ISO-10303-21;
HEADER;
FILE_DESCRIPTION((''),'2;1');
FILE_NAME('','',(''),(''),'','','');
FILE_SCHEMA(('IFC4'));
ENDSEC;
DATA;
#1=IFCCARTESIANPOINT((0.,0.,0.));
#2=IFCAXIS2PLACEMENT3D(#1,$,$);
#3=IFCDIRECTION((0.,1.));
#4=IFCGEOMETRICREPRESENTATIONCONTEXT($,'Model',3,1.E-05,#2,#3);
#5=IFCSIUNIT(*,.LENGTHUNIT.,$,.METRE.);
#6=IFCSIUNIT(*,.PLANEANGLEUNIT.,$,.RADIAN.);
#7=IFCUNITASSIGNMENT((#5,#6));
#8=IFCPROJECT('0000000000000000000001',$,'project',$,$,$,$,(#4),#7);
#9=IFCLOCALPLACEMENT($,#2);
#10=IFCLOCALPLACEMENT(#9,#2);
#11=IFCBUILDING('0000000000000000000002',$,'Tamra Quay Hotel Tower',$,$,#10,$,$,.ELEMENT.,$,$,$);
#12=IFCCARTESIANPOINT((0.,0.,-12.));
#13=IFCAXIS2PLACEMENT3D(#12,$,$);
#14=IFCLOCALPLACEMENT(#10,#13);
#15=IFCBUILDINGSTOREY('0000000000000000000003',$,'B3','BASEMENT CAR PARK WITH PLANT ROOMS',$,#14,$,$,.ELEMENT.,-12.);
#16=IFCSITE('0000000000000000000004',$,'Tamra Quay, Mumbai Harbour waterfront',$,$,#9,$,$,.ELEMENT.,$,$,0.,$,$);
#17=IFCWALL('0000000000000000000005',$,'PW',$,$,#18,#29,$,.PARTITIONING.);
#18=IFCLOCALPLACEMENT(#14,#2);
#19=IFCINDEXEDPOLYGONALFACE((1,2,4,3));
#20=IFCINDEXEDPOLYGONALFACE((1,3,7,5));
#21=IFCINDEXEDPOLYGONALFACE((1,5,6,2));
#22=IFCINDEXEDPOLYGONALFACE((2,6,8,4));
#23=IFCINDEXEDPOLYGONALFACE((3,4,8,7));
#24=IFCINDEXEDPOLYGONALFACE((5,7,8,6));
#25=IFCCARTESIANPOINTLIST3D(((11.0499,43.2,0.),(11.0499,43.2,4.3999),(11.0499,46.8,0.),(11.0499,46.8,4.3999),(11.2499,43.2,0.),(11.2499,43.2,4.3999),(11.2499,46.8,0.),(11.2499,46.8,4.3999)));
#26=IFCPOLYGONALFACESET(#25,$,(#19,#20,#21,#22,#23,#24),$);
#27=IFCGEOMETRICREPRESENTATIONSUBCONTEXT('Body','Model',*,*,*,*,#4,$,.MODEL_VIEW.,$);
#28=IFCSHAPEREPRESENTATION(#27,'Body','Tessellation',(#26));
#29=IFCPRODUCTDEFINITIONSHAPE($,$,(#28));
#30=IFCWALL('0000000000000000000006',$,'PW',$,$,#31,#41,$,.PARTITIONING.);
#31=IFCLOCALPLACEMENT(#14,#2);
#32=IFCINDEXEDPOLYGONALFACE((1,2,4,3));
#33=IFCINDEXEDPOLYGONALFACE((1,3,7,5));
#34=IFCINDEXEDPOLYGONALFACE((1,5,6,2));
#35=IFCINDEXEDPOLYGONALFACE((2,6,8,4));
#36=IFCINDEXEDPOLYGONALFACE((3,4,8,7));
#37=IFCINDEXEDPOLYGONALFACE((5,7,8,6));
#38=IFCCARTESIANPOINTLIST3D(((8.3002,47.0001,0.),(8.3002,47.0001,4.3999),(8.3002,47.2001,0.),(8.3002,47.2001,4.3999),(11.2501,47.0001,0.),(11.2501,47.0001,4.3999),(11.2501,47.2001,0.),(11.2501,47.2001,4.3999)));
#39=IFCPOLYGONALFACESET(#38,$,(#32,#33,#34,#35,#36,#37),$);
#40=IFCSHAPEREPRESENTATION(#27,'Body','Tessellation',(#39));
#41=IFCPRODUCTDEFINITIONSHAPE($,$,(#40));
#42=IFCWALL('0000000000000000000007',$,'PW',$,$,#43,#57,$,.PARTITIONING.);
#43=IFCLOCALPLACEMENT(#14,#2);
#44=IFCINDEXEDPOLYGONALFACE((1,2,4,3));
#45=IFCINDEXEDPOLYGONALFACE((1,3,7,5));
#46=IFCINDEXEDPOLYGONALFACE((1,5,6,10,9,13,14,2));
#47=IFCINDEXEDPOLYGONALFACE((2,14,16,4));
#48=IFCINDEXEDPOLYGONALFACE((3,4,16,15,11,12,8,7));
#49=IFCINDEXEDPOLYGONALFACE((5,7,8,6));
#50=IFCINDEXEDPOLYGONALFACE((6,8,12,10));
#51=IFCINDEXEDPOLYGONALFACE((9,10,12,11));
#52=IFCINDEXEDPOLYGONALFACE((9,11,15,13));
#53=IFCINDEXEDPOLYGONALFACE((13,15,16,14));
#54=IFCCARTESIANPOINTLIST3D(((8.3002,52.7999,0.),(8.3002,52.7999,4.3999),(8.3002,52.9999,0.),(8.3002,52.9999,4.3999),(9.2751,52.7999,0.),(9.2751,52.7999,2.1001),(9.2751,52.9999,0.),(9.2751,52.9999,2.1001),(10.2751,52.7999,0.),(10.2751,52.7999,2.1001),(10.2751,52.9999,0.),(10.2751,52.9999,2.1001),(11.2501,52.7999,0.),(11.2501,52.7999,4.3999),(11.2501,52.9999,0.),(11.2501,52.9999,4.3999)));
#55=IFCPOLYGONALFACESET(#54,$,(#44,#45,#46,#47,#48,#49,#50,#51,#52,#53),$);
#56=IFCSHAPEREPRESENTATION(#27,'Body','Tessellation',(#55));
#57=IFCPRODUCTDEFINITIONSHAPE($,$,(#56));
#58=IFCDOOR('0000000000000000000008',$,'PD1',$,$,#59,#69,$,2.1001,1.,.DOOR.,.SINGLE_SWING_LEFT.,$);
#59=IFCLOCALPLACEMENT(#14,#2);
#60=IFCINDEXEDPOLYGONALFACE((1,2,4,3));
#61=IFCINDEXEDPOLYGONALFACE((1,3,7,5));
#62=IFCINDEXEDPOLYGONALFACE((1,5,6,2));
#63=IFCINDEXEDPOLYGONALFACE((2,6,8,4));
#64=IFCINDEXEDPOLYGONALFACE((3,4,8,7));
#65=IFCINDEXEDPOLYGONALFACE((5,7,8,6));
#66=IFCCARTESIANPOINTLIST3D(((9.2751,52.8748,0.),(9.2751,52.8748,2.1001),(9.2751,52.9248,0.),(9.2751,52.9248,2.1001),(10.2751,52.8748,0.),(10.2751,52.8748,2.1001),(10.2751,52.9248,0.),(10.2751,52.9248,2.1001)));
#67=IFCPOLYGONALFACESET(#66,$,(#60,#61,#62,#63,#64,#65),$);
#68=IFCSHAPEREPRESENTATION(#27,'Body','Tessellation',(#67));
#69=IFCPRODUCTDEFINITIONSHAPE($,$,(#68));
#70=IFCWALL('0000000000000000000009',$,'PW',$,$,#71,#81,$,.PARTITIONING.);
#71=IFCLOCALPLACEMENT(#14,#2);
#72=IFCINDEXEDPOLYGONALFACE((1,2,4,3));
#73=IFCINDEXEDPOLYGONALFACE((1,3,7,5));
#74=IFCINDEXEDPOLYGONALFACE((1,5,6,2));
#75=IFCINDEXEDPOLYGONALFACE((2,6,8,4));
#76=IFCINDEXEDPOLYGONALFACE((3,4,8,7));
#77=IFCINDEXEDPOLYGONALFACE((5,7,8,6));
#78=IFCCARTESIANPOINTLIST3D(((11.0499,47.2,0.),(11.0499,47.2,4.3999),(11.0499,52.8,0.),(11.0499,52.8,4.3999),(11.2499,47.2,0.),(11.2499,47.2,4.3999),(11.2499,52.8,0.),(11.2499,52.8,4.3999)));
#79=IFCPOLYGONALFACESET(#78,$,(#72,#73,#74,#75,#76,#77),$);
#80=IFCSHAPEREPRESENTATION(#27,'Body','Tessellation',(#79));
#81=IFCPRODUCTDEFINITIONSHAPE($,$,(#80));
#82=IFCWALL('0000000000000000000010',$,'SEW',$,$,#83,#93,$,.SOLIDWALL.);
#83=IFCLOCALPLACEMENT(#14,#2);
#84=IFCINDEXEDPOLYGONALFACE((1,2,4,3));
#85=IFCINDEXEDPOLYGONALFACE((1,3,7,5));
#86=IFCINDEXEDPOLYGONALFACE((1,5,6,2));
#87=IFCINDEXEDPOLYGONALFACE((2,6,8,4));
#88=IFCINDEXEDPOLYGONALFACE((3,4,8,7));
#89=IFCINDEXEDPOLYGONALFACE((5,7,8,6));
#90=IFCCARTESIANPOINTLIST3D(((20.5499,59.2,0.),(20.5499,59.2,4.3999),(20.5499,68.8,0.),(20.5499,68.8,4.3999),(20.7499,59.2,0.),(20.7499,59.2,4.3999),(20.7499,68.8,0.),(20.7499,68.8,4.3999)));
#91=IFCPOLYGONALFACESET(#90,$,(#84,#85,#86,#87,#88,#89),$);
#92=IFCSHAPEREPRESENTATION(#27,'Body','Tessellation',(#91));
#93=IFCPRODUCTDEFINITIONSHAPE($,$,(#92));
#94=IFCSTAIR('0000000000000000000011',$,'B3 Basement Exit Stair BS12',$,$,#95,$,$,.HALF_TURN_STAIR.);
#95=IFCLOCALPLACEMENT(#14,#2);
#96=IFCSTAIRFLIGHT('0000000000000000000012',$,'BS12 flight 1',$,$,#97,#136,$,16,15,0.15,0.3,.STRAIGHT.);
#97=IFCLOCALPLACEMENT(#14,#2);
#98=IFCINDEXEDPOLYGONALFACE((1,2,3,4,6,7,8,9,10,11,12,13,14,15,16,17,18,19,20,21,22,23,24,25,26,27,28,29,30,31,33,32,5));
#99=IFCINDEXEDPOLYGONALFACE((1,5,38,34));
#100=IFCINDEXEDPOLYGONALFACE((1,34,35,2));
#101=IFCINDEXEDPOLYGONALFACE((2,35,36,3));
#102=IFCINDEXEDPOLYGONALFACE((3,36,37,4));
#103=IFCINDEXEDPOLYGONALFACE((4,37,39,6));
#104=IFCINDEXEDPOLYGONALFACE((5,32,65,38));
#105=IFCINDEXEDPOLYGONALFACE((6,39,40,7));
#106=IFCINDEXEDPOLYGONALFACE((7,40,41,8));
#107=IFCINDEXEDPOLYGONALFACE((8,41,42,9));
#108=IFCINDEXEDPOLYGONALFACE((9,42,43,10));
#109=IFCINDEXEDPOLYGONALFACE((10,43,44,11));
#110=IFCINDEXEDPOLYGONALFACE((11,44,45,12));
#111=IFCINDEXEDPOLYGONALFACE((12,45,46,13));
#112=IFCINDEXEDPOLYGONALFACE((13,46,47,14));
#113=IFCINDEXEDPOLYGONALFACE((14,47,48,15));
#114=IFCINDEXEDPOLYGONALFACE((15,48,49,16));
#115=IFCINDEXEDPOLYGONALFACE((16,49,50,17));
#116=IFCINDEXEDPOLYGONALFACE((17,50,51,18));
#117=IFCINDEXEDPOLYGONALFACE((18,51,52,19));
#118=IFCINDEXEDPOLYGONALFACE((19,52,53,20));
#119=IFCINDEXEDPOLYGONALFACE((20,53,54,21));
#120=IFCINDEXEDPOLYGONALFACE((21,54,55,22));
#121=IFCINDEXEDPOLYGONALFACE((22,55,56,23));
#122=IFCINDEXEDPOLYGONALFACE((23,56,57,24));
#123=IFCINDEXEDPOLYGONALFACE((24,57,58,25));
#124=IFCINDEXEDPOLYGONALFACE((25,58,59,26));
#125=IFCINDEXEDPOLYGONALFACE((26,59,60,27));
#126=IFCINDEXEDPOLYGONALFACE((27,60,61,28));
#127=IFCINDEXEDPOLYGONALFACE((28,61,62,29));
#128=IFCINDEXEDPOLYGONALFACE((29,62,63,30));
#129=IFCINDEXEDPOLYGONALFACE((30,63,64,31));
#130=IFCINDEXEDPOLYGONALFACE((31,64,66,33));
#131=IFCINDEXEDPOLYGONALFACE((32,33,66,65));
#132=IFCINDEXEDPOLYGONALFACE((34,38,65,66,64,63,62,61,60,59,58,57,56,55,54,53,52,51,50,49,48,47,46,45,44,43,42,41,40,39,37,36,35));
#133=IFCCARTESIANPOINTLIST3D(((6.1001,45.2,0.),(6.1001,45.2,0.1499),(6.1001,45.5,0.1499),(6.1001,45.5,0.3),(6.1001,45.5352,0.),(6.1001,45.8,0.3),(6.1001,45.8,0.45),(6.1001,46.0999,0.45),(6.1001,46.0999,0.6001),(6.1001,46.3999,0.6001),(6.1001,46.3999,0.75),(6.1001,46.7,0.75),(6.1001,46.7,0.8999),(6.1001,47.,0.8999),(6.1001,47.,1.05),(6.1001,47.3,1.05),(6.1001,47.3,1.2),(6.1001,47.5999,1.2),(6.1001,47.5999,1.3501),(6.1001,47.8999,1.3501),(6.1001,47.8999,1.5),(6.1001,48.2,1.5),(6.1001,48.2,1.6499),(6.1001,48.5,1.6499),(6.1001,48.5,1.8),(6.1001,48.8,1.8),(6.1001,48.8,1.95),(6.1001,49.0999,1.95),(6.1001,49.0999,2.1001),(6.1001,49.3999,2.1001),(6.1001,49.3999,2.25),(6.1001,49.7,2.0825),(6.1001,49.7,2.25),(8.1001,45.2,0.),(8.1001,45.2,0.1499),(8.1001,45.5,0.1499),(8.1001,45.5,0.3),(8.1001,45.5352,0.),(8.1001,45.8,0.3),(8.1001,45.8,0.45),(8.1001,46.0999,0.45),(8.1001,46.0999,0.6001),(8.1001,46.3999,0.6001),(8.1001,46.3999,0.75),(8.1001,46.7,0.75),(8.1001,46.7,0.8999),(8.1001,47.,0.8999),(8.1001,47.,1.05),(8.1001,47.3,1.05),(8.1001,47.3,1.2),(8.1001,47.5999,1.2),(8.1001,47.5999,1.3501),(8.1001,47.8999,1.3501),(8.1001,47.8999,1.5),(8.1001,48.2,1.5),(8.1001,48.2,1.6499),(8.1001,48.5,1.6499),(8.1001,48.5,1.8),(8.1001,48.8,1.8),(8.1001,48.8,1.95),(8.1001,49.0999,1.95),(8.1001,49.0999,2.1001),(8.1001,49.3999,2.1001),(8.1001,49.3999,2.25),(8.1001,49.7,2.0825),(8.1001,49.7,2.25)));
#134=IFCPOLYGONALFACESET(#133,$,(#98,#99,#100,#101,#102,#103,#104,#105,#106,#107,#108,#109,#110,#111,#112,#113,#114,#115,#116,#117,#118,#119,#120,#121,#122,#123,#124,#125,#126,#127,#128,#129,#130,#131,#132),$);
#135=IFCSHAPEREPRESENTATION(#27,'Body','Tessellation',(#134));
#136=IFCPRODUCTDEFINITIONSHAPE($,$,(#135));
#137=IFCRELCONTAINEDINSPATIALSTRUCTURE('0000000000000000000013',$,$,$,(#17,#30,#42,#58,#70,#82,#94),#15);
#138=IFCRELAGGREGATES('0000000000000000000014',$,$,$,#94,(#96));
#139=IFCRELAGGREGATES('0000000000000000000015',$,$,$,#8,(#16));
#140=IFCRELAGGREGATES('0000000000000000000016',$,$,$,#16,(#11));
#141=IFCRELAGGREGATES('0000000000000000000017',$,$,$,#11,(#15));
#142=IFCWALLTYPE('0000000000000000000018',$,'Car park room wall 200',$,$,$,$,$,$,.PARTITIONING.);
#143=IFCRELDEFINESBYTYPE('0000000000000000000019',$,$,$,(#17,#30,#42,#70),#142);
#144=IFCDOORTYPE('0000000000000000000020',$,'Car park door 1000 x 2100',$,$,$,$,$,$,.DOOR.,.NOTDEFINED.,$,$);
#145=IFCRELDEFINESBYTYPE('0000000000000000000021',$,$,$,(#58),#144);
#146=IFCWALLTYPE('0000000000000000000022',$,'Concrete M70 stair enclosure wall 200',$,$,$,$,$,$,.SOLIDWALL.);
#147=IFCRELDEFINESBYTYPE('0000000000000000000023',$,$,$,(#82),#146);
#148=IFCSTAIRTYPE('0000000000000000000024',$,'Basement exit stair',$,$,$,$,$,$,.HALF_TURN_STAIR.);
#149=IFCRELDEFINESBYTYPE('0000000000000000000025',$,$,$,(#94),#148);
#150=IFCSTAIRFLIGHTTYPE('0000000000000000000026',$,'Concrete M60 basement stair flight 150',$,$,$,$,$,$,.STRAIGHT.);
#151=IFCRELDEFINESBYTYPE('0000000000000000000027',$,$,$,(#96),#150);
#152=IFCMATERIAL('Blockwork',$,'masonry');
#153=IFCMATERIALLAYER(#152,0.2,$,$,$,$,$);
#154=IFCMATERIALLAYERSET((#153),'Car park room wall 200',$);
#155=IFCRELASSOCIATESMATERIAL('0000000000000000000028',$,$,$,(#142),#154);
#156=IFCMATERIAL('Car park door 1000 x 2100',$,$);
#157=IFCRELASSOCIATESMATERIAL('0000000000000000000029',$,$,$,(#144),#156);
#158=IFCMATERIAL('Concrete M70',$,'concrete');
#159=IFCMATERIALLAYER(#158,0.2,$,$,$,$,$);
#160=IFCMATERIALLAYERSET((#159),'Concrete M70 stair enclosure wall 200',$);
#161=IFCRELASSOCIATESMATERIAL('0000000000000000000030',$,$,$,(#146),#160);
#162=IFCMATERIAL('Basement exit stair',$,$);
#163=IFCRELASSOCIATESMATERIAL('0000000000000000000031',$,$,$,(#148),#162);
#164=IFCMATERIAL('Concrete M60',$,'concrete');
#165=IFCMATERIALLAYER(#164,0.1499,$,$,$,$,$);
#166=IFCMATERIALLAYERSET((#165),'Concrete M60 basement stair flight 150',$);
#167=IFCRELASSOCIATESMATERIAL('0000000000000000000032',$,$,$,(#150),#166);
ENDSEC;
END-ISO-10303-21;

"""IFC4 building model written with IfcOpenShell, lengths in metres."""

from ifc_helpers import new_model, si_unit, direction, frame, frame_2d, origin, place, context, subcontext, project, spatial, polyline, rectangle, outline, extrude, material, layer, layer_set, type_object, element, fill, aggregate, save


model = new_model("IFC4")

# Units and contexts
model_context = context("Model", 3, precision=1e-05, world=origin(), true_north=direction((0.0, 1.0)))
body_context = subcontext(model_context, "Body", "Model", "MODEL_VIEW")
ifc_project = project(units=[si_unit("LENGTHUNIT", "METRE"), si_unit("PLANEANGLEUNIT", "RADIAN")], contexts=[model_context])

# Site, building, storey
site_placement = place(None, origin())
site = spatial("IfcSite", under=ifc_project, at=site_placement, Name="Tamra Quay, Mumbai Harbour waterfront", CompositionType="ELEMENT", RefElevation=0.0)
building_placement = place(site_placement, origin())
building = spatial("IfcBuilding", under=site, at=building_placement, Name="Tamra Quay Hotel Tower", CompositionType="ELEMENT")
storey_placement = place(building_placement, frame((0.0, 0.0, -12.0)))
storey = spatial("IfcBuildingStorey", under=building, at=storey_placement, Name="B3", Description="BASEMENT CAR PARK WITH PLANT ROOMS", CompositionType="ELEMENT", Elevation=-12.0)

# Shared definitions
ifc_material_1 = material(Name="Concrete M70", Category="concrete")

# Shared definitions
ifc_material_2 = material(Name="Blockwork", Category="masonry")
ifc_layer_1 = layer(ifc_material_2, 0.2)
ifc_layer_set_1 = layer_set([ifc_layer_1], Name="Car park room wall 200")
wall_type_1 = type_object("IfcWallType", Name="Car park room wall 200", PredefinedType="PARTITIONING", material=ifc_layer_set_1)

# Shared definitions
ifc_material_3 = material(Name="Car park door 1000 x 2100")
door_type = type_object("IfcDoorType", Name="Car park door 1000 x 2100", OperationType="NOTDEFINED", PredefinedType="DOOR", material=ifc_material_3)

# Walls
wall_1_placement = place(storey_placement, frame((11.1499, 43.2, 0.0), z_axis=(0.0, 0.0, 1.0), x_axis=(0.0, 1.0, 0.0)))
element("IfcWall", 1, at=wall_1_placement, inside=storey, type_object=wall_type_1, Name="PW", PredefinedType="PARTITIONING", context=body_context, shape_type="SweptSolid", body=[
    extrude(rectangle(XDim=3.6001, YDim=0.2, at=frame_2d((1.8, 0.0))), origin(), (0.0, 0.0, 1.0), 4.3999),
])
wall_2_placement = place(storey_placement, frame((8.3, 47.1001, 0.0), z_axis=(0.0, 0.0, 1.0), x_axis=(1.0, 0.0, 0.0)))
element("IfcWall", 2, at=wall_2_placement, inside=storey, type_object=wall_type_1, Name="PW", PredefinedType="PARTITIONING", context=body_context, shape_type="SweptSolid", body=[
    extrude(rectangle(XDim=2.95, YDim=0.2, at=frame_2d((1.4751, 0.0))), origin(), (0.0, 0.0, 1.0), 4.3999),
])

# Wall, opening, door
wall_3_placement = place(storey_placement, frame((8.3, 52.8999, 0.0), z_axis=(0.0, 0.0, 1.0), x_axis=(1.0, 0.0, 0.0)))
wall_3 = element("IfcWall", 3, at=wall_3_placement, inside=storey, type_object=wall_type_1, Name="PW", PredefinedType="PARTITIONING", context=body_context, shape_type="SweptSolid", body=[
    extrude(rectangle(XDim=2.95, YDim=0.2, at=frame_2d((1.4751, 0.0))), origin(), (0.0, 0.0, 1.0), 4.3999),
])
opening_1_placement = place(wall_3_placement, frame((0.9751, 0.0, 0.0)))
opening_1 = element("IfcOpeningElement", 4, at=opening_1_placement, cuts=wall_3, PredefinedType="OPENING", context=body_context, shape_type="SweptSolid", body=[
    extrude(rectangle(XDim=1.0, YDim=2.1001, at=frame_2d((0.5, 1.05))), frame((0.0, 0.1099, 0.0), z_axis=(0.0, -1.0, 0.0), x_axis=(1.0, 0.0, 0.0)), (0.0, 0.0, 1.0), 0.22),
])
door_1_placement = place(opening_1_placement, origin())
door_1 = element("IfcDoor", 5, at=door_1_placement, inside=storey, type_object=door_type, Name="PD1", OperationType="SINGLE_SWING_LEFT", OverallHeight=2.1001, OverallWidth=1.0, PredefinedType="DOOR", context=body_context, shape_type="SweptSolid", body=[
    extrude(rectangle(XDim=1.0, YDim=2.1001, at=frame_2d((0.5, 1.05))), frame((0.0, 0.0249, 0.0), z_axis=(0.0, -1.0, 0.0), x_axis=(1.0, 0.0, 0.0)), (0.0, 0.0, 1.0), 0.05),
])
fill(opening_1, door_1)

# Walls
wall_4_placement = place(storey_placement, frame((11.1499, 47.2, 0.0), z_axis=(0.0, 0.0, 1.0), x_axis=(0.0, 1.0, 0.0)))
element("IfcWall", 6, at=wall_4_placement, inside=storey, type_object=wall_type_1, Name="PW", PredefinedType="PARTITIONING", context=body_context, shape_type="SweptSolid", body=[
    extrude(rectangle(XDim=5.6001, YDim=0.2, at=frame_2d((2.8, 0.0))), origin(), (0.0, 0.0, 1.0), 4.3999),
])
ifc_layer_2 = layer(ifc_material_1, 0.2)
ifc_layer_set_2 = layer_set([ifc_layer_2], Name="Concrete M70 stair enclosure wall 200")
wall_type_2 = type_object("IfcWallType", Name="Concrete M70 stair enclosure wall 200", PredefinedType="SOLIDWALL", material=ifc_layer_set_2)
wall_5_placement = place(storey_placement, frame((20.6499, 59.2, 0.0), z_axis=(0.0, 0.0, 1.0), x_axis=(0.0, 1.0, 0.0)))
element("IfcWall", 7, at=wall_5_placement, inside=storey, type_object=wall_type_2, Name="SEW", PredefinedType="SOLIDWALL", context=body_context, shape_type="SweptSolid", body=[
    extrude(rectangle(XDim=9.6001, YDim=0.2, at=frame_2d((4.8, 0.0))), origin(), (0.0, 0.0, 1.0), 4.3999),
])

# Stair, stair flight
ifc_material_4 = material(Name="Basement exit stair")
stair_type = type_object("IfcStairType", Name="Basement exit stair", PredefinedType="HALF_TURN_STAIR", material=ifc_material_4)
stair_placement = place(storey_placement, origin())
stair = element("IfcStair", 8, at=stair_placement, inside=storey, type_object=stair_type, Name="B3 Basement Exit Stair BS12", PredefinedType="HALF_TURN_STAIR")
ifc_material_5 = material(Name="Concrete M60", Category="concrete")
ifc_layer_3 = layer(ifc_material_5, 0.1499)
ifc_layer_set_3 = layer_set([ifc_layer_3], Name="Concrete M60 basement stair flight 150")
stair_flight_type = type_object("IfcStairFlightType", Name="Concrete M60 basement stair flight 150", PredefinedType="STRAIGHT", material=ifc_layer_set_3)
stair_flight_placement = place(storey_placement, frame((7.1001, 45.2, 0.0), z_axis=(0.0, 0.0, 1.0), x_axis=(0.0, 1.0, 0.0)))
stair_flight = element("IfcStairFlight", 9, at=stair_flight_placement, type_object=stair_flight_type, Name="BS12 flight 1", NumberOfRisers=16, NumberOfTreads=15, PredefinedType="STRAIGHT", RiserHeight=0.15, TreadLength=0.3, context=body_context, shape_type="SweptSolid", body=[
    extrude(outline(polyline([(0.0, 0.0), (0.0, 0.1499), (0.3, 0.1499), (0.3, 0.3), (0.6001, 0.3), (0.6001, 0.45), (0.8999, 0.45), (0.8999, 0.6001), (1.2, 0.6001), (1.2, 0.75), (1.5, 0.75), (1.5, 0.8999), (1.8, 0.8999), (1.8, 1.05), (2.1001, 1.05), (2.1001, 1.2), (2.3999, 1.2), (2.3999, 1.3501), (2.7, 1.3501), (2.7, 1.5), (3.0, 1.5), (3.0, 1.6499), (3.3, 1.6499), (3.3, 1.8), (3.6001, 1.8), (3.6001, 1.95), (3.8999, 1.95), (3.8999, 2.1001), (4.2, 2.1001), (4.2, 2.25), (4.5, 2.25), (4.5, 2.3999), (4.5, 2.0825), (0.3352, 0.0), (0.0, 0.0)])), frame((0.0, 1.0, 0.0), z_axis=(0.0, -1.0, 0.0), x_axis=(1.0, 0.0, 0.0)), (0.0, 0.0, 1.0), 2.0),
])
aggregate(stair, [stair_flight])

save(model, "model.ifc")
